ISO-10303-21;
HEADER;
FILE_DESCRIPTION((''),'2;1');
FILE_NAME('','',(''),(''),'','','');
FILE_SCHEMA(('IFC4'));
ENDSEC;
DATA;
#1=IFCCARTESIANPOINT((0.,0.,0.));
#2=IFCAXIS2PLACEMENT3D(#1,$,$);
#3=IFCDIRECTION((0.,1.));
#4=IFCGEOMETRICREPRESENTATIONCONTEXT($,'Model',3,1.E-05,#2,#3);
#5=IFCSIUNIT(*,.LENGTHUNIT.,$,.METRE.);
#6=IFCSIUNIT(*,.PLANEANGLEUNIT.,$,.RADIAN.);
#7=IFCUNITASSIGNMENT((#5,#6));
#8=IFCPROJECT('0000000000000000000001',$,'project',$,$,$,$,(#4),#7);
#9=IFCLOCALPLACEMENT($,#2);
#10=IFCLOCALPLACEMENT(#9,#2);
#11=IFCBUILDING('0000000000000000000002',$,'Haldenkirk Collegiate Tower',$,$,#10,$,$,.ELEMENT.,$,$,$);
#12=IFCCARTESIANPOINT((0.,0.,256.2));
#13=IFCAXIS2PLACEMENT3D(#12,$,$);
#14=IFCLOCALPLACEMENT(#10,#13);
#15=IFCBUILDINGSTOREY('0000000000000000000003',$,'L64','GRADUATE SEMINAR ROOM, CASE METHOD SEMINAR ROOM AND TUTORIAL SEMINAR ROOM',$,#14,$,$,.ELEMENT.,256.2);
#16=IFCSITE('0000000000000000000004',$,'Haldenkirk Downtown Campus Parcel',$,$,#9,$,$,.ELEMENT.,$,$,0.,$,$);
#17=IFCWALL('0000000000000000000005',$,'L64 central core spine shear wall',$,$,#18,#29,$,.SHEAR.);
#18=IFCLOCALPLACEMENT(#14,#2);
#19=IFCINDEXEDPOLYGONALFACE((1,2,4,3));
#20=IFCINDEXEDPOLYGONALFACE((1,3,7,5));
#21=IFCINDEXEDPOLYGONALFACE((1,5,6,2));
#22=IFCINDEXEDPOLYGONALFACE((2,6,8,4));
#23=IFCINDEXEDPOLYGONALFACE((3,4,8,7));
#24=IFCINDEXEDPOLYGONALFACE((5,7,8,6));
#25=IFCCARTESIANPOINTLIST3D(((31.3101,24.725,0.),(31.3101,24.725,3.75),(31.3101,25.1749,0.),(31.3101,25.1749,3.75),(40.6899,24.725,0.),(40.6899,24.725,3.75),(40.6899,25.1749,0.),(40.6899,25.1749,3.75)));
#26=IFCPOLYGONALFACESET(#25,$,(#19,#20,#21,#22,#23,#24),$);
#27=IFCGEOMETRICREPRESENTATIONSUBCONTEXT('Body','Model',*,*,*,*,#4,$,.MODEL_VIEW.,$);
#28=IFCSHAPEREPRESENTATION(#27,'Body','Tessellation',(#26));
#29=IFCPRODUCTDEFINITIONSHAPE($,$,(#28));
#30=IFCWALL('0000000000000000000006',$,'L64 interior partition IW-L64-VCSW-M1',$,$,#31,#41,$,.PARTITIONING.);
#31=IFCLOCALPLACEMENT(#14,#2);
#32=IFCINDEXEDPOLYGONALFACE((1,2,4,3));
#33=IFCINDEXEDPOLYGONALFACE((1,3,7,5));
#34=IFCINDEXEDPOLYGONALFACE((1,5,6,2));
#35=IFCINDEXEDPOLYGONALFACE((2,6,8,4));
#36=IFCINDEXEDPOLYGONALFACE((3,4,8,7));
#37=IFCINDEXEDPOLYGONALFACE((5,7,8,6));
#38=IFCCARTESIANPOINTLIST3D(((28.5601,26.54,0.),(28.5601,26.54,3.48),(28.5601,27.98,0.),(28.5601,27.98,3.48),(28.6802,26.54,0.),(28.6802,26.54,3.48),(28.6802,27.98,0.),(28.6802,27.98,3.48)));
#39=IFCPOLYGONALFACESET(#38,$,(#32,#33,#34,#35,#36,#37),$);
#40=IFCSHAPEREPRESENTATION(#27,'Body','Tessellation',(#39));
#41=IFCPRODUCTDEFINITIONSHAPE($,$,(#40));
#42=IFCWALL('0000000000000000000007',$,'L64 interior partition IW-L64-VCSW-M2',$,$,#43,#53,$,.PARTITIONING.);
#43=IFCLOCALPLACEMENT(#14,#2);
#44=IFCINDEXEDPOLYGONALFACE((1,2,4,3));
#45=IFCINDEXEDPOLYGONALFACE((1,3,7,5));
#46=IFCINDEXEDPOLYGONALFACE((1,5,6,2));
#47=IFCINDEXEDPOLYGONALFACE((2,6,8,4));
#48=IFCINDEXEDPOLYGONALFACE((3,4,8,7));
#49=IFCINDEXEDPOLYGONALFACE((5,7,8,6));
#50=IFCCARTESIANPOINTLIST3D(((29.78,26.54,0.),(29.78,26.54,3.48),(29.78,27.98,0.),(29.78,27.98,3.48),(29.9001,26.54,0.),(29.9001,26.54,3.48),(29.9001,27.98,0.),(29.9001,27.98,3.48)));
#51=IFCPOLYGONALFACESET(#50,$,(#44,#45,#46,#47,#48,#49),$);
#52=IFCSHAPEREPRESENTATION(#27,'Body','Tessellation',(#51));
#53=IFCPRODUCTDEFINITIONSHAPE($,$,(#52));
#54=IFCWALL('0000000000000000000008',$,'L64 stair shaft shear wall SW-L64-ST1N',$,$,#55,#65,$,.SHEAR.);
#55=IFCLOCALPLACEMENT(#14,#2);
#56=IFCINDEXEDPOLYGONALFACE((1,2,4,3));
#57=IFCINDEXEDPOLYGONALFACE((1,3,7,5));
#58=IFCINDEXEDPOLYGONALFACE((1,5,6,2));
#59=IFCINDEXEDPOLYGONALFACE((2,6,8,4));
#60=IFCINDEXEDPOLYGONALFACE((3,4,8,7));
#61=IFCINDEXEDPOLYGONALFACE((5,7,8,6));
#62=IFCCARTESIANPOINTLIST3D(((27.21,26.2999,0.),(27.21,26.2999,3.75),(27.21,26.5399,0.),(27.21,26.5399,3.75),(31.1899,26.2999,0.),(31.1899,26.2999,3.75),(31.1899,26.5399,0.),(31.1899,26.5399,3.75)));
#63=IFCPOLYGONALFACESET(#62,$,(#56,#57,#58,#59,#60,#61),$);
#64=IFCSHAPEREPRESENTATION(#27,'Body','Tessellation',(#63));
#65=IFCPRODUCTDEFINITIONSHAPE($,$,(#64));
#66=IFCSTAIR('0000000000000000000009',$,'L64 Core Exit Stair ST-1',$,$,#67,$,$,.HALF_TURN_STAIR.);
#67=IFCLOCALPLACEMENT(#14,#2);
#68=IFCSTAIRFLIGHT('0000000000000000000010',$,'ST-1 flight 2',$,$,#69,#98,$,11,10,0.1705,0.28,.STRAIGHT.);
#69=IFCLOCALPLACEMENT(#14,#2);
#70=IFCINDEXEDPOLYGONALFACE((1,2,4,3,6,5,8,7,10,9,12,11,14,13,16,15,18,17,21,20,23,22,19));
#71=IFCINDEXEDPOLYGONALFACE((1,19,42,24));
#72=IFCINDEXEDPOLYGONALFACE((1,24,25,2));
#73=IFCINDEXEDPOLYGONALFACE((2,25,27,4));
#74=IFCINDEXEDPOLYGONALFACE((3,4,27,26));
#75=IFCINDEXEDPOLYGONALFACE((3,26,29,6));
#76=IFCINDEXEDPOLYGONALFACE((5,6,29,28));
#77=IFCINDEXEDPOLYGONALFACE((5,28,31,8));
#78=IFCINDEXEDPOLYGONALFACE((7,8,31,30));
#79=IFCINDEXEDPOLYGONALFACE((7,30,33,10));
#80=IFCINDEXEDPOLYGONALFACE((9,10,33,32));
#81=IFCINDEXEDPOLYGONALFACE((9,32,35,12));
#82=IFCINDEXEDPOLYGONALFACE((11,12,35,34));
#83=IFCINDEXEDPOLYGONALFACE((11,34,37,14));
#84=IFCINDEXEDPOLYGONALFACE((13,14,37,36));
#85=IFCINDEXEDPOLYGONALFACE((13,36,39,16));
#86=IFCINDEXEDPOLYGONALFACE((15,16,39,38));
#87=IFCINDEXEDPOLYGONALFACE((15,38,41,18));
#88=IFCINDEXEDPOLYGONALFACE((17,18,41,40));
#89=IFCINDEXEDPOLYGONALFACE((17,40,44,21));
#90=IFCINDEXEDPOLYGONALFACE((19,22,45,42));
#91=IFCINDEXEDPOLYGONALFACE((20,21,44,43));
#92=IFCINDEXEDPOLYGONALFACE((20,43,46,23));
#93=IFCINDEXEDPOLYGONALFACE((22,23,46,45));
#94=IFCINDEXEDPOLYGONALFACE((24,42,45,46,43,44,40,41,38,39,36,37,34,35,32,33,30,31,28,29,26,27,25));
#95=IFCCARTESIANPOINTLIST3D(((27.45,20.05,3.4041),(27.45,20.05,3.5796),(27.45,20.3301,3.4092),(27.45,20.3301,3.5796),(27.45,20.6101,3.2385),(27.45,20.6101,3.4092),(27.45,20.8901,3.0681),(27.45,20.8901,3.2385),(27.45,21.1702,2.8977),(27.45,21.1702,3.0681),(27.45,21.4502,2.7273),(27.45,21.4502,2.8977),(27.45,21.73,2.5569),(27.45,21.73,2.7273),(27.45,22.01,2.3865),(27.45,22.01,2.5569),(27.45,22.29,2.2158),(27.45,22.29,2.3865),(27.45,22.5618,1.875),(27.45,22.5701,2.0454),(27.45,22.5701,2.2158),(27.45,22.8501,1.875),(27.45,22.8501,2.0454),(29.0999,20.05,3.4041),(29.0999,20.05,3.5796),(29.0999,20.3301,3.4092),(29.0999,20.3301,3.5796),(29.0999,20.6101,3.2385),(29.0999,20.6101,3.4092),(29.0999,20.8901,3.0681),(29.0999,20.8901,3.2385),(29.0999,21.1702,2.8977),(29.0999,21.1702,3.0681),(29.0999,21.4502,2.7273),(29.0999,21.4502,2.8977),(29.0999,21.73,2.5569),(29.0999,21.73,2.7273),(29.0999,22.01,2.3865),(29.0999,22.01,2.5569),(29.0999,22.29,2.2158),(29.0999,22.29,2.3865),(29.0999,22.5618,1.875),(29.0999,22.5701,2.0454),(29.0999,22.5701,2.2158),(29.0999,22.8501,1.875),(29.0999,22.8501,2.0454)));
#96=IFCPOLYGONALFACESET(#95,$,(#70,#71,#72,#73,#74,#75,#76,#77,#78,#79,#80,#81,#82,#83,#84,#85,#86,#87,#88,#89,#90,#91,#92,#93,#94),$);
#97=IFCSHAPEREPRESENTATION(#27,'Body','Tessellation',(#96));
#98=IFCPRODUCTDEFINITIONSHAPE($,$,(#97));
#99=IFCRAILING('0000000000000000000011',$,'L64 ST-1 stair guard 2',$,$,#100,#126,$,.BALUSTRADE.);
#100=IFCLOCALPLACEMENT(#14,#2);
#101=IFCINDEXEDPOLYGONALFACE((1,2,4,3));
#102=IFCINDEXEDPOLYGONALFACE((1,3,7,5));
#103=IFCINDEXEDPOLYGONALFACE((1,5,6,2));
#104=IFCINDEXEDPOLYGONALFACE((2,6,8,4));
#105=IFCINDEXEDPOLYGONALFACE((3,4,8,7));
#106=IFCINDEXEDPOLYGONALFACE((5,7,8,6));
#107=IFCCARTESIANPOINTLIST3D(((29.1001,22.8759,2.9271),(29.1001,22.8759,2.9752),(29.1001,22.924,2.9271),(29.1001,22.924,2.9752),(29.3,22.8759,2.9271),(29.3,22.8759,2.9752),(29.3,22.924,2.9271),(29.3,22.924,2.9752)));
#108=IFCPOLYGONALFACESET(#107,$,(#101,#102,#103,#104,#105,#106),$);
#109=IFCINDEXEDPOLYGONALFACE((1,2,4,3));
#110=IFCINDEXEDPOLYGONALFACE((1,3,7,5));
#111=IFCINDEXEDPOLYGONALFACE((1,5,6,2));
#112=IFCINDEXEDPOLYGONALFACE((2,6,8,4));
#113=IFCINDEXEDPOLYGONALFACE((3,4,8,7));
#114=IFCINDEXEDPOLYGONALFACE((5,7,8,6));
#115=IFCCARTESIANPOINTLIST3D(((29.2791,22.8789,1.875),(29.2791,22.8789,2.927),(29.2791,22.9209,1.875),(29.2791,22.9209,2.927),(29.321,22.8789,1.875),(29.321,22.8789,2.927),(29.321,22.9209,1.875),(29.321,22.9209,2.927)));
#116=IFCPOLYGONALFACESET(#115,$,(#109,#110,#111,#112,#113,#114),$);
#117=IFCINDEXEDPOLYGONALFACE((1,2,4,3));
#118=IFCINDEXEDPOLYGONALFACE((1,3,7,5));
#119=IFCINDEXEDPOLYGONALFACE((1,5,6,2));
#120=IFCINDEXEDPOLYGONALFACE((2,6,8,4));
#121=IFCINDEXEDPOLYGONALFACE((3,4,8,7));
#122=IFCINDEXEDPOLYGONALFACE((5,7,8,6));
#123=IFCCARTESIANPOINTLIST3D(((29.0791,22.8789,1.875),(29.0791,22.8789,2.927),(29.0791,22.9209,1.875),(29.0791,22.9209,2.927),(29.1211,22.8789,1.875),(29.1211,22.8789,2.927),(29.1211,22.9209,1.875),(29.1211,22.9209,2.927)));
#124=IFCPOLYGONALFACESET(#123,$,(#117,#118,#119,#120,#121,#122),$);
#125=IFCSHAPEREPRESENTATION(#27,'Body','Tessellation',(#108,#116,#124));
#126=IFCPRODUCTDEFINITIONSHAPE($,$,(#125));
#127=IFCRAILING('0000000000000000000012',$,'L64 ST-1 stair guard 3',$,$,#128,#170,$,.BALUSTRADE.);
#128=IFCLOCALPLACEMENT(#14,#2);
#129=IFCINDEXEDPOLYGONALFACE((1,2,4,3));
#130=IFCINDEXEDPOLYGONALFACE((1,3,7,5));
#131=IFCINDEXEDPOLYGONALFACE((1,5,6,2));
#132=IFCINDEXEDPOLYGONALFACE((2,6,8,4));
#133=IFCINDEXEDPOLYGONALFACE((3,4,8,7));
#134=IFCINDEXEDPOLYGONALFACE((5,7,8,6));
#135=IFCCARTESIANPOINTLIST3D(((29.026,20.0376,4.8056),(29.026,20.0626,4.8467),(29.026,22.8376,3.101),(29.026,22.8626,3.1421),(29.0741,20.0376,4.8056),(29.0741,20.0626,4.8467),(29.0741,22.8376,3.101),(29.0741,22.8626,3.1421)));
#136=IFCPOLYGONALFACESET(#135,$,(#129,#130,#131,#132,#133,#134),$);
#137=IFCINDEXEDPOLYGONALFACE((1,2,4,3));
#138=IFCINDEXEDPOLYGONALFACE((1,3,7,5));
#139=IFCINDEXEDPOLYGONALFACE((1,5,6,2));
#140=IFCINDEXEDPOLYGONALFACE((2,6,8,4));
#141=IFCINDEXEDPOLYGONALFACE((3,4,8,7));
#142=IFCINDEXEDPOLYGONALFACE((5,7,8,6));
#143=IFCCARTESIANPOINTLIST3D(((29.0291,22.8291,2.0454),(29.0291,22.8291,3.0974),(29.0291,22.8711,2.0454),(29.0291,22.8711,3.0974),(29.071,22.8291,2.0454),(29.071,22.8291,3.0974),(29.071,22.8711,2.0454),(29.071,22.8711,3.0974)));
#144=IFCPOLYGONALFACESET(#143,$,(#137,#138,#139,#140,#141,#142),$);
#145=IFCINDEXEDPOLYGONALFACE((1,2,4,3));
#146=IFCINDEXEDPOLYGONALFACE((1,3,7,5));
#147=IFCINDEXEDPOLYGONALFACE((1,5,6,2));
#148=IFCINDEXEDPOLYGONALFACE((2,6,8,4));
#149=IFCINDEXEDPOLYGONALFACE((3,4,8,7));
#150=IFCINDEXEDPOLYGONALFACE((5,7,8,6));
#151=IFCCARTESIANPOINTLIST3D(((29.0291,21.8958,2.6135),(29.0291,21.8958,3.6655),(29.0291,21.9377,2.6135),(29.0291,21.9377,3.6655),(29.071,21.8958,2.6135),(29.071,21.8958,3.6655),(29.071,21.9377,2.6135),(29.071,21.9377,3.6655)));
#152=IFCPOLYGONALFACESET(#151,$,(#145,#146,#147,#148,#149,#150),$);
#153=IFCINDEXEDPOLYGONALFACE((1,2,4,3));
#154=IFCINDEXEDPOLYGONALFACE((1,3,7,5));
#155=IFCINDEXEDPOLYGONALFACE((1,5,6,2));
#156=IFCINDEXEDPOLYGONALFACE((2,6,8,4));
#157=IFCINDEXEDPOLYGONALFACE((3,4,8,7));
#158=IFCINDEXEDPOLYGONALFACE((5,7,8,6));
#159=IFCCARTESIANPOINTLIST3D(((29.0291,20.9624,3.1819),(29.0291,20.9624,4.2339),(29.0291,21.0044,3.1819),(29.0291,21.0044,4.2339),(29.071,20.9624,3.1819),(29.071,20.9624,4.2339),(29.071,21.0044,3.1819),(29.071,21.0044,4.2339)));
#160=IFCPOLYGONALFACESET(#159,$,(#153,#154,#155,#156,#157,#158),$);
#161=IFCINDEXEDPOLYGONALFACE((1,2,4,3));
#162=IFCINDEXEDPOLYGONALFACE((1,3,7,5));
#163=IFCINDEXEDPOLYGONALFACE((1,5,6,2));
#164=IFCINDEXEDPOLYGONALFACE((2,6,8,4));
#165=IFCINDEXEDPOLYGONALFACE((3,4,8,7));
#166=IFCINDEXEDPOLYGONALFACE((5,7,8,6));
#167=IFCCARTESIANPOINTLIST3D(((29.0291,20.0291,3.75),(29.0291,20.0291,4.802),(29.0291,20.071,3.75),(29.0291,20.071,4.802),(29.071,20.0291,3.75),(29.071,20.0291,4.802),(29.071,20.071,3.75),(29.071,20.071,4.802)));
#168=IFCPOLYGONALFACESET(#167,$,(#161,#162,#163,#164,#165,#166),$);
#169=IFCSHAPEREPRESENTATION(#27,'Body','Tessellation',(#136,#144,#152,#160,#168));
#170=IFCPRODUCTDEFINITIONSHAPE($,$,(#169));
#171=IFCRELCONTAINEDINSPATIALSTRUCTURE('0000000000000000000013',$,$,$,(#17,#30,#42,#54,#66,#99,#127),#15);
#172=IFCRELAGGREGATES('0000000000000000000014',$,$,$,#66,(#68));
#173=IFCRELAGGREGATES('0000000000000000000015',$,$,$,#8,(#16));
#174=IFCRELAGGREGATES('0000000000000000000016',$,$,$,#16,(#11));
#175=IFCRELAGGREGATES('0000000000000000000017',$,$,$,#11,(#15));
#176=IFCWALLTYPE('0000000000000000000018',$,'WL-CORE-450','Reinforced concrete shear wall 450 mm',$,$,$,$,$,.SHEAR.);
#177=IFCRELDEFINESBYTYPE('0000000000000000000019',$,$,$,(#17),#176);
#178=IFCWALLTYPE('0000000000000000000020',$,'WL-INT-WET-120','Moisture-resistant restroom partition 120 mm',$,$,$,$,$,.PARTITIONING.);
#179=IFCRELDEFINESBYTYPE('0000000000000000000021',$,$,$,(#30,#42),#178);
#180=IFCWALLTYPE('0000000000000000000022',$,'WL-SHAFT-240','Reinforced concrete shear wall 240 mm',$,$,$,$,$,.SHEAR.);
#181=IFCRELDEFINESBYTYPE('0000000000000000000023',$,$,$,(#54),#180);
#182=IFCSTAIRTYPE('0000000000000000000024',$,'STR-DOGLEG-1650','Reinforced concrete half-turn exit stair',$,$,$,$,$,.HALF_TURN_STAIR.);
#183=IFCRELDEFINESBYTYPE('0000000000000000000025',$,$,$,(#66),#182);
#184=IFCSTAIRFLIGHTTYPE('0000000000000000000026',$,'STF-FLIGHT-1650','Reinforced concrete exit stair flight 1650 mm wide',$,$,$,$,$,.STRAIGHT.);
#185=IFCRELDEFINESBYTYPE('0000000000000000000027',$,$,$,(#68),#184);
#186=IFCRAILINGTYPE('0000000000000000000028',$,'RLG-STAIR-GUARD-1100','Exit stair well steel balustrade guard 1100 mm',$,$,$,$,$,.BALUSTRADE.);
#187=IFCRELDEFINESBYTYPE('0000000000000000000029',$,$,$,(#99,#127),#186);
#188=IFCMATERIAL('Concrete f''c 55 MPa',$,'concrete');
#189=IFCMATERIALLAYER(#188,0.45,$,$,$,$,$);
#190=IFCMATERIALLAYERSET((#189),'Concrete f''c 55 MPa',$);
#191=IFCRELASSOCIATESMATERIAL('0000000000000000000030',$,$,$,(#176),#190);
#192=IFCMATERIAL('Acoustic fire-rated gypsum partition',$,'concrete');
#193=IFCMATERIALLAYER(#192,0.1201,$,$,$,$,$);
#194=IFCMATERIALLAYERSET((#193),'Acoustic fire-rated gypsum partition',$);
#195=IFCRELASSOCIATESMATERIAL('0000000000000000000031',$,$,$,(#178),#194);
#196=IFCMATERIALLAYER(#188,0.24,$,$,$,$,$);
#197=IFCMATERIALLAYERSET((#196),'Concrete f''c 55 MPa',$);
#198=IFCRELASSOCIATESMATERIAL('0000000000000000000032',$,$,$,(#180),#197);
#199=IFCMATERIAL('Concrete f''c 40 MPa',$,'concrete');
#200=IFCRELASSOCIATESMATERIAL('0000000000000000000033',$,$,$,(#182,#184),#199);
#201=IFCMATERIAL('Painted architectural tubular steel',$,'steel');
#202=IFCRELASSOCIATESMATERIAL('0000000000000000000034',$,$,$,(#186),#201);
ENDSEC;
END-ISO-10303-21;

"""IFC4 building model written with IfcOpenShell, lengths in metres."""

from ifc_helpers import new_model, si_unit, direction, frame, frame_2d, origin, origin_2d, place, context, subcontext, project, spatial, polyline, rectangle, outline, extrude, material, layer, layer_set, type_object, element, aggregate, save


model = new_model("IFC4")

# Units and contexts
model_context = context("Model", 3, precision=1e-05, world=origin(), true_north=direction((0.0, 1.0)))
body_context = subcontext(model_context, "Body", "Model", "MODEL_VIEW")
ifc_project = project(units=[si_unit("LENGTHUNIT", "METRE"), si_unit("PLANEANGLEUNIT", "RADIAN")], contexts=[model_context])

# Site, building, storey
site_placement = place(None, origin())
site = spatial("IfcSite", under=ifc_project, at=site_placement, Name="Haldenkirk Downtown Campus Parcel", CompositionType="ELEMENT", RefElevation=0.0)
building_placement = place(site_placement, origin())
building = spatial("IfcBuilding", under=site, at=building_placement, Name="Haldenkirk Collegiate Tower", CompositionType="ELEMENT")
storey_placement = place(building_placement, frame((0.0, 0.0, 256.2)))
storey = spatial("IfcBuildingStorey", under=building, at=storey_placement, Name="L64", Description="GRADUATE SEMINAR ROOM, CASE METHOD SEMINAR ROOM AND TUTORIAL SEMINAR ROOM", CompositionType="ELEMENT", Elevation=256.2)

# Wall
ifc_material_1 = material(Name="Concrete f'c 55 MPa", Category="concrete")
ifc_layer_1 = layer(ifc_material_1, 0.45)
ifc_layer_set_1 = layer_set([ifc_layer_1], Name="Concrete f'c 55 MPa")
wall_type_1 = type_object("IfcWallType", Name="WL-CORE-450", Description="Reinforced concrete shear wall 450 mm", PredefinedType="SHEAR", material=ifc_layer_set_1)
wall_1_placement = place(storey_placement, frame((31.3101, 24.95, 0.0), z_axis=(0.0, 0.0, 1.0), x_axis=(1.0, 0.0, 0.0)))
element("IfcWall", 1, at=wall_1_placement, inside=storey, type_object=wall_type_1, Name="L64 central core spine shear wall", PredefinedType="SHEAR", context=body_context, shape_type="SweptSolid", body=[
    extrude(rectangle(XDim=9.3799, YDim=0.45, at=frame_2d((4.6899, 0.0))), origin(), (0.0, 0.0, 1.0), 3.75),
])

# Walls
ifc_material_2 = material(Name="Acoustic fire-rated gypsum partition", Category="concrete")
ifc_layer_2 = layer(ifc_material_2, 0.1201)
ifc_layer_set_2 = layer_set([ifc_layer_2], Name="Acoustic fire-rated gypsum partition")
wall_type_2 = type_object("IfcWallType", Name="WL-INT-WET-120", Description="Moisture-resistant restroom partition 120 mm", PredefinedType="PARTITIONING", material=ifc_layer_set_2)
for number, where, z_axis, x_axis, name in (
    (2, (28.6201, 26.54, 0.0), (0.0, 0.0, 1.0), (0.0, 1.0, 0.0), "L64 interior partition IW-L64-VCSW-M1"),
    (3, (29.8401, 26.54, 0.0), (0.0, 0.0, 1.0), (0.0, 1.0, 0.0), "L64 interior partition IW-L64-VCSW-M2"),
):
    element("IfcWall", number, at=place(storey_placement, frame(where, z_axis=z_axis, x_axis=x_axis)), inside=storey, type_object=wall_type_2, Name=name, PredefinedType="PARTITIONING", context=body_context, shape_type="SweptSolid", body=[
        extrude(rectangle(XDim=1.4399, YDim=0.1201, at=frame_2d((0.72, 0.0))), origin(), (0.0, 0.0, 1.0), 3.48),
    ])
ifc_layer_3 = layer(ifc_material_1, 0.24)
ifc_layer_set_3 = layer_set([ifc_layer_3], Name="Concrete f'c 55 MPa")
wall_type_3 = type_object("IfcWallType", Name="WL-SHAFT-240", Description="Reinforced concrete shear wall 240 mm", PredefinedType="SHEAR", material=ifc_layer_set_3)
wall_2_placement = place(storey_placement, frame((27.21, 26.4199, 0.0), z_axis=(0.0, 0.0, 1.0), x_axis=(1.0, 0.0, 0.0)))
element("IfcWall", 4, at=wall_2_placement, inside=storey, type_object=wall_type_3, Name="L64 stair shaft shear wall SW-L64-ST1N", PredefinedType="SHEAR", context=body_context, shape_type="SweptSolid", body=[
    extrude(rectangle(XDim=3.98, YDim=0.24, at=frame_2d((1.99, 0.0))), origin(), (0.0, 0.0, 1.0), 3.75),
])

# Stair, stair flight
ifc_material_3 = material(Name="Concrete f'c 40 MPa", Category="concrete")
stair_type = type_object("IfcStairType", Name="STR-DOGLEG-1650", Description="Reinforced concrete half-turn exit stair", PredefinedType="HALF_TURN_STAIR", material=ifc_material_3)
stair_placement = place(storey_placement, origin())
stair = element("IfcStair", 5, at=stair_placement, inside=storey, type_object=stair_type, Name="L64 Core Exit Stair ST-1", PredefinedType="HALF_TURN_STAIR")
stair_flight_type = type_object("IfcStairFlightType", Name="STF-FLIGHT-1650", Description="Reinforced concrete exit stair flight 1650 mm wide", PredefinedType="STRAIGHT", material=ifc_material_3)
stair_flight_placement = place(storey_placement, frame((28.2749, 22.8501, 1.875), z_axis=(0.0, 0.0, 1.0), x_axis=(0.0, -1.0, 0.0)))
stair_flight = element("IfcStairFlight", 6, at=stair_flight_placement, type_object=stair_flight_type, Name="ST-1 flight 2", NumberOfRisers=11, NumberOfTreads=10, PredefinedType="STRAIGHT", RiserHeight=0.1705, TreadLength=0.28, context=body_context, shape_type="SweptSolid", body=[
    extrude(outline(polyline([(0.0, 0.0), (0.0, 0.1704), (0.28, 0.1704), (0.28, 0.3408), (0.5601, 0.3408), (0.5601, 0.5115), (0.8401, 0.5115), (0.8401, 0.6819), (1.1201, 0.6819), (1.1201, 0.8523), (1.3999, 0.8523), (1.3999, 1.0227), (1.6799, 1.0227), (1.6799, 1.1931), (1.96, 1.1931), (1.96, 1.3635), (2.24, 1.3635), (2.24, 1.5342), (2.52, 1.5342), (2.52, 1.7046), (2.8, 1.7046), (2.8, 1.875), (2.8, 1.5291), (0.2883, 0.0), (0.0, 0.0)])), frame((0.0, 0.825, 0.0), z_axis=(0.0, -1.0, 0.0), x_axis=(1.0, 0.0, 0.0)), (0.0, 0.0, 1.0), 1.6499),
])
aggregate(stair, [stair_flight])

# Railings
ifc_material_4 = material(Name="Painted architectural tubular steel", Category="steel")
railing_type_1 = type_object("IfcRailingType", Name="RLG-STAIR-GUARD-1100", Description="Exit stair well steel balustrade guard 1100 mm", PredefinedType="BALUSTRADE", material=ifc_material_4)
railing_1_placement = place(storey_placement, frame((29.3, 22.8999, 1.875)))
element("IfcRailing", 7, at=railing_1_placement, inside=storey, type_object=railing_type_1, Name="L64 ST-1 stair guard 2", PredefinedType="BALUSTRADE", context=body_context, shape_type="SweptSolid", body=[
    extrude(rectangle(XDim=0.0481, YDim=0.0481, at=origin_2d()), frame((0.0, 0.0, 1.0762), z_axis=(-1.0, 0.0, 0.0), x_axis=(0.0, -1.0, 0.0)), (0.0, 0.0, 1.0), 0.2),
    extrude(rectangle(XDim=0.042, YDim=0.042, at=origin_2d()), origin(), (0.0, 0.0, 1.0), 1.052),
    extrude(rectangle(XDim=0.042, YDim=0.042, at=origin_2d()), frame((-0.2, 0.0, 0.0)), (0.0, 0.0, 1.0), 1.052),
])
railing_2_placement = place(storey_placement, frame((29.05, 22.8501, 2.0454)))
element("IfcRailing", 8, at=railing_2_placement, inside=storey, type_object=railing_type_1, Name="L64 ST-1 stair guard 3", PredefinedType="BALUSTRADE", context=body_context, shape_type="SweptSolid", body=[
    extrude(rectangle(XDim=0.0481, YDim=0.0481, at=origin_2d()), frame((0.0, 0.0, 1.0762), z_axis=(0.0, -0.85417, 0.519994), x_axis=(1.0, 0.0, 0.0)), (0.0, 0.0, 1.0), 3.2781),
    extrude(rectangle(XDim=0.042, YDim=0.042, at=origin_2d()), origin(), (0.0, 0.0, 1.0), 1.052),
    extrude(rectangle(XDim=0.042, YDim=0.042, at=origin_2d()), frame((0.0, -0.9333, 0.5681)), (0.0, 0.0, 1.0), 1.052),
    extrude(rectangle(XDim=0.042, YDim=0.042, at=origin_2d()), frame((0.0, -1.8667, 1.1365)), (0.0, 0.0, 1.0), 1.052),
    extrude(rectangle(XDim=0.042, YDim=0.042, at=origin_2d()), frame((0.0, -2.8, 1.7046)), (0.0, 0.0, 1.0), 1.052),
])

save(model, "model.ifc")
